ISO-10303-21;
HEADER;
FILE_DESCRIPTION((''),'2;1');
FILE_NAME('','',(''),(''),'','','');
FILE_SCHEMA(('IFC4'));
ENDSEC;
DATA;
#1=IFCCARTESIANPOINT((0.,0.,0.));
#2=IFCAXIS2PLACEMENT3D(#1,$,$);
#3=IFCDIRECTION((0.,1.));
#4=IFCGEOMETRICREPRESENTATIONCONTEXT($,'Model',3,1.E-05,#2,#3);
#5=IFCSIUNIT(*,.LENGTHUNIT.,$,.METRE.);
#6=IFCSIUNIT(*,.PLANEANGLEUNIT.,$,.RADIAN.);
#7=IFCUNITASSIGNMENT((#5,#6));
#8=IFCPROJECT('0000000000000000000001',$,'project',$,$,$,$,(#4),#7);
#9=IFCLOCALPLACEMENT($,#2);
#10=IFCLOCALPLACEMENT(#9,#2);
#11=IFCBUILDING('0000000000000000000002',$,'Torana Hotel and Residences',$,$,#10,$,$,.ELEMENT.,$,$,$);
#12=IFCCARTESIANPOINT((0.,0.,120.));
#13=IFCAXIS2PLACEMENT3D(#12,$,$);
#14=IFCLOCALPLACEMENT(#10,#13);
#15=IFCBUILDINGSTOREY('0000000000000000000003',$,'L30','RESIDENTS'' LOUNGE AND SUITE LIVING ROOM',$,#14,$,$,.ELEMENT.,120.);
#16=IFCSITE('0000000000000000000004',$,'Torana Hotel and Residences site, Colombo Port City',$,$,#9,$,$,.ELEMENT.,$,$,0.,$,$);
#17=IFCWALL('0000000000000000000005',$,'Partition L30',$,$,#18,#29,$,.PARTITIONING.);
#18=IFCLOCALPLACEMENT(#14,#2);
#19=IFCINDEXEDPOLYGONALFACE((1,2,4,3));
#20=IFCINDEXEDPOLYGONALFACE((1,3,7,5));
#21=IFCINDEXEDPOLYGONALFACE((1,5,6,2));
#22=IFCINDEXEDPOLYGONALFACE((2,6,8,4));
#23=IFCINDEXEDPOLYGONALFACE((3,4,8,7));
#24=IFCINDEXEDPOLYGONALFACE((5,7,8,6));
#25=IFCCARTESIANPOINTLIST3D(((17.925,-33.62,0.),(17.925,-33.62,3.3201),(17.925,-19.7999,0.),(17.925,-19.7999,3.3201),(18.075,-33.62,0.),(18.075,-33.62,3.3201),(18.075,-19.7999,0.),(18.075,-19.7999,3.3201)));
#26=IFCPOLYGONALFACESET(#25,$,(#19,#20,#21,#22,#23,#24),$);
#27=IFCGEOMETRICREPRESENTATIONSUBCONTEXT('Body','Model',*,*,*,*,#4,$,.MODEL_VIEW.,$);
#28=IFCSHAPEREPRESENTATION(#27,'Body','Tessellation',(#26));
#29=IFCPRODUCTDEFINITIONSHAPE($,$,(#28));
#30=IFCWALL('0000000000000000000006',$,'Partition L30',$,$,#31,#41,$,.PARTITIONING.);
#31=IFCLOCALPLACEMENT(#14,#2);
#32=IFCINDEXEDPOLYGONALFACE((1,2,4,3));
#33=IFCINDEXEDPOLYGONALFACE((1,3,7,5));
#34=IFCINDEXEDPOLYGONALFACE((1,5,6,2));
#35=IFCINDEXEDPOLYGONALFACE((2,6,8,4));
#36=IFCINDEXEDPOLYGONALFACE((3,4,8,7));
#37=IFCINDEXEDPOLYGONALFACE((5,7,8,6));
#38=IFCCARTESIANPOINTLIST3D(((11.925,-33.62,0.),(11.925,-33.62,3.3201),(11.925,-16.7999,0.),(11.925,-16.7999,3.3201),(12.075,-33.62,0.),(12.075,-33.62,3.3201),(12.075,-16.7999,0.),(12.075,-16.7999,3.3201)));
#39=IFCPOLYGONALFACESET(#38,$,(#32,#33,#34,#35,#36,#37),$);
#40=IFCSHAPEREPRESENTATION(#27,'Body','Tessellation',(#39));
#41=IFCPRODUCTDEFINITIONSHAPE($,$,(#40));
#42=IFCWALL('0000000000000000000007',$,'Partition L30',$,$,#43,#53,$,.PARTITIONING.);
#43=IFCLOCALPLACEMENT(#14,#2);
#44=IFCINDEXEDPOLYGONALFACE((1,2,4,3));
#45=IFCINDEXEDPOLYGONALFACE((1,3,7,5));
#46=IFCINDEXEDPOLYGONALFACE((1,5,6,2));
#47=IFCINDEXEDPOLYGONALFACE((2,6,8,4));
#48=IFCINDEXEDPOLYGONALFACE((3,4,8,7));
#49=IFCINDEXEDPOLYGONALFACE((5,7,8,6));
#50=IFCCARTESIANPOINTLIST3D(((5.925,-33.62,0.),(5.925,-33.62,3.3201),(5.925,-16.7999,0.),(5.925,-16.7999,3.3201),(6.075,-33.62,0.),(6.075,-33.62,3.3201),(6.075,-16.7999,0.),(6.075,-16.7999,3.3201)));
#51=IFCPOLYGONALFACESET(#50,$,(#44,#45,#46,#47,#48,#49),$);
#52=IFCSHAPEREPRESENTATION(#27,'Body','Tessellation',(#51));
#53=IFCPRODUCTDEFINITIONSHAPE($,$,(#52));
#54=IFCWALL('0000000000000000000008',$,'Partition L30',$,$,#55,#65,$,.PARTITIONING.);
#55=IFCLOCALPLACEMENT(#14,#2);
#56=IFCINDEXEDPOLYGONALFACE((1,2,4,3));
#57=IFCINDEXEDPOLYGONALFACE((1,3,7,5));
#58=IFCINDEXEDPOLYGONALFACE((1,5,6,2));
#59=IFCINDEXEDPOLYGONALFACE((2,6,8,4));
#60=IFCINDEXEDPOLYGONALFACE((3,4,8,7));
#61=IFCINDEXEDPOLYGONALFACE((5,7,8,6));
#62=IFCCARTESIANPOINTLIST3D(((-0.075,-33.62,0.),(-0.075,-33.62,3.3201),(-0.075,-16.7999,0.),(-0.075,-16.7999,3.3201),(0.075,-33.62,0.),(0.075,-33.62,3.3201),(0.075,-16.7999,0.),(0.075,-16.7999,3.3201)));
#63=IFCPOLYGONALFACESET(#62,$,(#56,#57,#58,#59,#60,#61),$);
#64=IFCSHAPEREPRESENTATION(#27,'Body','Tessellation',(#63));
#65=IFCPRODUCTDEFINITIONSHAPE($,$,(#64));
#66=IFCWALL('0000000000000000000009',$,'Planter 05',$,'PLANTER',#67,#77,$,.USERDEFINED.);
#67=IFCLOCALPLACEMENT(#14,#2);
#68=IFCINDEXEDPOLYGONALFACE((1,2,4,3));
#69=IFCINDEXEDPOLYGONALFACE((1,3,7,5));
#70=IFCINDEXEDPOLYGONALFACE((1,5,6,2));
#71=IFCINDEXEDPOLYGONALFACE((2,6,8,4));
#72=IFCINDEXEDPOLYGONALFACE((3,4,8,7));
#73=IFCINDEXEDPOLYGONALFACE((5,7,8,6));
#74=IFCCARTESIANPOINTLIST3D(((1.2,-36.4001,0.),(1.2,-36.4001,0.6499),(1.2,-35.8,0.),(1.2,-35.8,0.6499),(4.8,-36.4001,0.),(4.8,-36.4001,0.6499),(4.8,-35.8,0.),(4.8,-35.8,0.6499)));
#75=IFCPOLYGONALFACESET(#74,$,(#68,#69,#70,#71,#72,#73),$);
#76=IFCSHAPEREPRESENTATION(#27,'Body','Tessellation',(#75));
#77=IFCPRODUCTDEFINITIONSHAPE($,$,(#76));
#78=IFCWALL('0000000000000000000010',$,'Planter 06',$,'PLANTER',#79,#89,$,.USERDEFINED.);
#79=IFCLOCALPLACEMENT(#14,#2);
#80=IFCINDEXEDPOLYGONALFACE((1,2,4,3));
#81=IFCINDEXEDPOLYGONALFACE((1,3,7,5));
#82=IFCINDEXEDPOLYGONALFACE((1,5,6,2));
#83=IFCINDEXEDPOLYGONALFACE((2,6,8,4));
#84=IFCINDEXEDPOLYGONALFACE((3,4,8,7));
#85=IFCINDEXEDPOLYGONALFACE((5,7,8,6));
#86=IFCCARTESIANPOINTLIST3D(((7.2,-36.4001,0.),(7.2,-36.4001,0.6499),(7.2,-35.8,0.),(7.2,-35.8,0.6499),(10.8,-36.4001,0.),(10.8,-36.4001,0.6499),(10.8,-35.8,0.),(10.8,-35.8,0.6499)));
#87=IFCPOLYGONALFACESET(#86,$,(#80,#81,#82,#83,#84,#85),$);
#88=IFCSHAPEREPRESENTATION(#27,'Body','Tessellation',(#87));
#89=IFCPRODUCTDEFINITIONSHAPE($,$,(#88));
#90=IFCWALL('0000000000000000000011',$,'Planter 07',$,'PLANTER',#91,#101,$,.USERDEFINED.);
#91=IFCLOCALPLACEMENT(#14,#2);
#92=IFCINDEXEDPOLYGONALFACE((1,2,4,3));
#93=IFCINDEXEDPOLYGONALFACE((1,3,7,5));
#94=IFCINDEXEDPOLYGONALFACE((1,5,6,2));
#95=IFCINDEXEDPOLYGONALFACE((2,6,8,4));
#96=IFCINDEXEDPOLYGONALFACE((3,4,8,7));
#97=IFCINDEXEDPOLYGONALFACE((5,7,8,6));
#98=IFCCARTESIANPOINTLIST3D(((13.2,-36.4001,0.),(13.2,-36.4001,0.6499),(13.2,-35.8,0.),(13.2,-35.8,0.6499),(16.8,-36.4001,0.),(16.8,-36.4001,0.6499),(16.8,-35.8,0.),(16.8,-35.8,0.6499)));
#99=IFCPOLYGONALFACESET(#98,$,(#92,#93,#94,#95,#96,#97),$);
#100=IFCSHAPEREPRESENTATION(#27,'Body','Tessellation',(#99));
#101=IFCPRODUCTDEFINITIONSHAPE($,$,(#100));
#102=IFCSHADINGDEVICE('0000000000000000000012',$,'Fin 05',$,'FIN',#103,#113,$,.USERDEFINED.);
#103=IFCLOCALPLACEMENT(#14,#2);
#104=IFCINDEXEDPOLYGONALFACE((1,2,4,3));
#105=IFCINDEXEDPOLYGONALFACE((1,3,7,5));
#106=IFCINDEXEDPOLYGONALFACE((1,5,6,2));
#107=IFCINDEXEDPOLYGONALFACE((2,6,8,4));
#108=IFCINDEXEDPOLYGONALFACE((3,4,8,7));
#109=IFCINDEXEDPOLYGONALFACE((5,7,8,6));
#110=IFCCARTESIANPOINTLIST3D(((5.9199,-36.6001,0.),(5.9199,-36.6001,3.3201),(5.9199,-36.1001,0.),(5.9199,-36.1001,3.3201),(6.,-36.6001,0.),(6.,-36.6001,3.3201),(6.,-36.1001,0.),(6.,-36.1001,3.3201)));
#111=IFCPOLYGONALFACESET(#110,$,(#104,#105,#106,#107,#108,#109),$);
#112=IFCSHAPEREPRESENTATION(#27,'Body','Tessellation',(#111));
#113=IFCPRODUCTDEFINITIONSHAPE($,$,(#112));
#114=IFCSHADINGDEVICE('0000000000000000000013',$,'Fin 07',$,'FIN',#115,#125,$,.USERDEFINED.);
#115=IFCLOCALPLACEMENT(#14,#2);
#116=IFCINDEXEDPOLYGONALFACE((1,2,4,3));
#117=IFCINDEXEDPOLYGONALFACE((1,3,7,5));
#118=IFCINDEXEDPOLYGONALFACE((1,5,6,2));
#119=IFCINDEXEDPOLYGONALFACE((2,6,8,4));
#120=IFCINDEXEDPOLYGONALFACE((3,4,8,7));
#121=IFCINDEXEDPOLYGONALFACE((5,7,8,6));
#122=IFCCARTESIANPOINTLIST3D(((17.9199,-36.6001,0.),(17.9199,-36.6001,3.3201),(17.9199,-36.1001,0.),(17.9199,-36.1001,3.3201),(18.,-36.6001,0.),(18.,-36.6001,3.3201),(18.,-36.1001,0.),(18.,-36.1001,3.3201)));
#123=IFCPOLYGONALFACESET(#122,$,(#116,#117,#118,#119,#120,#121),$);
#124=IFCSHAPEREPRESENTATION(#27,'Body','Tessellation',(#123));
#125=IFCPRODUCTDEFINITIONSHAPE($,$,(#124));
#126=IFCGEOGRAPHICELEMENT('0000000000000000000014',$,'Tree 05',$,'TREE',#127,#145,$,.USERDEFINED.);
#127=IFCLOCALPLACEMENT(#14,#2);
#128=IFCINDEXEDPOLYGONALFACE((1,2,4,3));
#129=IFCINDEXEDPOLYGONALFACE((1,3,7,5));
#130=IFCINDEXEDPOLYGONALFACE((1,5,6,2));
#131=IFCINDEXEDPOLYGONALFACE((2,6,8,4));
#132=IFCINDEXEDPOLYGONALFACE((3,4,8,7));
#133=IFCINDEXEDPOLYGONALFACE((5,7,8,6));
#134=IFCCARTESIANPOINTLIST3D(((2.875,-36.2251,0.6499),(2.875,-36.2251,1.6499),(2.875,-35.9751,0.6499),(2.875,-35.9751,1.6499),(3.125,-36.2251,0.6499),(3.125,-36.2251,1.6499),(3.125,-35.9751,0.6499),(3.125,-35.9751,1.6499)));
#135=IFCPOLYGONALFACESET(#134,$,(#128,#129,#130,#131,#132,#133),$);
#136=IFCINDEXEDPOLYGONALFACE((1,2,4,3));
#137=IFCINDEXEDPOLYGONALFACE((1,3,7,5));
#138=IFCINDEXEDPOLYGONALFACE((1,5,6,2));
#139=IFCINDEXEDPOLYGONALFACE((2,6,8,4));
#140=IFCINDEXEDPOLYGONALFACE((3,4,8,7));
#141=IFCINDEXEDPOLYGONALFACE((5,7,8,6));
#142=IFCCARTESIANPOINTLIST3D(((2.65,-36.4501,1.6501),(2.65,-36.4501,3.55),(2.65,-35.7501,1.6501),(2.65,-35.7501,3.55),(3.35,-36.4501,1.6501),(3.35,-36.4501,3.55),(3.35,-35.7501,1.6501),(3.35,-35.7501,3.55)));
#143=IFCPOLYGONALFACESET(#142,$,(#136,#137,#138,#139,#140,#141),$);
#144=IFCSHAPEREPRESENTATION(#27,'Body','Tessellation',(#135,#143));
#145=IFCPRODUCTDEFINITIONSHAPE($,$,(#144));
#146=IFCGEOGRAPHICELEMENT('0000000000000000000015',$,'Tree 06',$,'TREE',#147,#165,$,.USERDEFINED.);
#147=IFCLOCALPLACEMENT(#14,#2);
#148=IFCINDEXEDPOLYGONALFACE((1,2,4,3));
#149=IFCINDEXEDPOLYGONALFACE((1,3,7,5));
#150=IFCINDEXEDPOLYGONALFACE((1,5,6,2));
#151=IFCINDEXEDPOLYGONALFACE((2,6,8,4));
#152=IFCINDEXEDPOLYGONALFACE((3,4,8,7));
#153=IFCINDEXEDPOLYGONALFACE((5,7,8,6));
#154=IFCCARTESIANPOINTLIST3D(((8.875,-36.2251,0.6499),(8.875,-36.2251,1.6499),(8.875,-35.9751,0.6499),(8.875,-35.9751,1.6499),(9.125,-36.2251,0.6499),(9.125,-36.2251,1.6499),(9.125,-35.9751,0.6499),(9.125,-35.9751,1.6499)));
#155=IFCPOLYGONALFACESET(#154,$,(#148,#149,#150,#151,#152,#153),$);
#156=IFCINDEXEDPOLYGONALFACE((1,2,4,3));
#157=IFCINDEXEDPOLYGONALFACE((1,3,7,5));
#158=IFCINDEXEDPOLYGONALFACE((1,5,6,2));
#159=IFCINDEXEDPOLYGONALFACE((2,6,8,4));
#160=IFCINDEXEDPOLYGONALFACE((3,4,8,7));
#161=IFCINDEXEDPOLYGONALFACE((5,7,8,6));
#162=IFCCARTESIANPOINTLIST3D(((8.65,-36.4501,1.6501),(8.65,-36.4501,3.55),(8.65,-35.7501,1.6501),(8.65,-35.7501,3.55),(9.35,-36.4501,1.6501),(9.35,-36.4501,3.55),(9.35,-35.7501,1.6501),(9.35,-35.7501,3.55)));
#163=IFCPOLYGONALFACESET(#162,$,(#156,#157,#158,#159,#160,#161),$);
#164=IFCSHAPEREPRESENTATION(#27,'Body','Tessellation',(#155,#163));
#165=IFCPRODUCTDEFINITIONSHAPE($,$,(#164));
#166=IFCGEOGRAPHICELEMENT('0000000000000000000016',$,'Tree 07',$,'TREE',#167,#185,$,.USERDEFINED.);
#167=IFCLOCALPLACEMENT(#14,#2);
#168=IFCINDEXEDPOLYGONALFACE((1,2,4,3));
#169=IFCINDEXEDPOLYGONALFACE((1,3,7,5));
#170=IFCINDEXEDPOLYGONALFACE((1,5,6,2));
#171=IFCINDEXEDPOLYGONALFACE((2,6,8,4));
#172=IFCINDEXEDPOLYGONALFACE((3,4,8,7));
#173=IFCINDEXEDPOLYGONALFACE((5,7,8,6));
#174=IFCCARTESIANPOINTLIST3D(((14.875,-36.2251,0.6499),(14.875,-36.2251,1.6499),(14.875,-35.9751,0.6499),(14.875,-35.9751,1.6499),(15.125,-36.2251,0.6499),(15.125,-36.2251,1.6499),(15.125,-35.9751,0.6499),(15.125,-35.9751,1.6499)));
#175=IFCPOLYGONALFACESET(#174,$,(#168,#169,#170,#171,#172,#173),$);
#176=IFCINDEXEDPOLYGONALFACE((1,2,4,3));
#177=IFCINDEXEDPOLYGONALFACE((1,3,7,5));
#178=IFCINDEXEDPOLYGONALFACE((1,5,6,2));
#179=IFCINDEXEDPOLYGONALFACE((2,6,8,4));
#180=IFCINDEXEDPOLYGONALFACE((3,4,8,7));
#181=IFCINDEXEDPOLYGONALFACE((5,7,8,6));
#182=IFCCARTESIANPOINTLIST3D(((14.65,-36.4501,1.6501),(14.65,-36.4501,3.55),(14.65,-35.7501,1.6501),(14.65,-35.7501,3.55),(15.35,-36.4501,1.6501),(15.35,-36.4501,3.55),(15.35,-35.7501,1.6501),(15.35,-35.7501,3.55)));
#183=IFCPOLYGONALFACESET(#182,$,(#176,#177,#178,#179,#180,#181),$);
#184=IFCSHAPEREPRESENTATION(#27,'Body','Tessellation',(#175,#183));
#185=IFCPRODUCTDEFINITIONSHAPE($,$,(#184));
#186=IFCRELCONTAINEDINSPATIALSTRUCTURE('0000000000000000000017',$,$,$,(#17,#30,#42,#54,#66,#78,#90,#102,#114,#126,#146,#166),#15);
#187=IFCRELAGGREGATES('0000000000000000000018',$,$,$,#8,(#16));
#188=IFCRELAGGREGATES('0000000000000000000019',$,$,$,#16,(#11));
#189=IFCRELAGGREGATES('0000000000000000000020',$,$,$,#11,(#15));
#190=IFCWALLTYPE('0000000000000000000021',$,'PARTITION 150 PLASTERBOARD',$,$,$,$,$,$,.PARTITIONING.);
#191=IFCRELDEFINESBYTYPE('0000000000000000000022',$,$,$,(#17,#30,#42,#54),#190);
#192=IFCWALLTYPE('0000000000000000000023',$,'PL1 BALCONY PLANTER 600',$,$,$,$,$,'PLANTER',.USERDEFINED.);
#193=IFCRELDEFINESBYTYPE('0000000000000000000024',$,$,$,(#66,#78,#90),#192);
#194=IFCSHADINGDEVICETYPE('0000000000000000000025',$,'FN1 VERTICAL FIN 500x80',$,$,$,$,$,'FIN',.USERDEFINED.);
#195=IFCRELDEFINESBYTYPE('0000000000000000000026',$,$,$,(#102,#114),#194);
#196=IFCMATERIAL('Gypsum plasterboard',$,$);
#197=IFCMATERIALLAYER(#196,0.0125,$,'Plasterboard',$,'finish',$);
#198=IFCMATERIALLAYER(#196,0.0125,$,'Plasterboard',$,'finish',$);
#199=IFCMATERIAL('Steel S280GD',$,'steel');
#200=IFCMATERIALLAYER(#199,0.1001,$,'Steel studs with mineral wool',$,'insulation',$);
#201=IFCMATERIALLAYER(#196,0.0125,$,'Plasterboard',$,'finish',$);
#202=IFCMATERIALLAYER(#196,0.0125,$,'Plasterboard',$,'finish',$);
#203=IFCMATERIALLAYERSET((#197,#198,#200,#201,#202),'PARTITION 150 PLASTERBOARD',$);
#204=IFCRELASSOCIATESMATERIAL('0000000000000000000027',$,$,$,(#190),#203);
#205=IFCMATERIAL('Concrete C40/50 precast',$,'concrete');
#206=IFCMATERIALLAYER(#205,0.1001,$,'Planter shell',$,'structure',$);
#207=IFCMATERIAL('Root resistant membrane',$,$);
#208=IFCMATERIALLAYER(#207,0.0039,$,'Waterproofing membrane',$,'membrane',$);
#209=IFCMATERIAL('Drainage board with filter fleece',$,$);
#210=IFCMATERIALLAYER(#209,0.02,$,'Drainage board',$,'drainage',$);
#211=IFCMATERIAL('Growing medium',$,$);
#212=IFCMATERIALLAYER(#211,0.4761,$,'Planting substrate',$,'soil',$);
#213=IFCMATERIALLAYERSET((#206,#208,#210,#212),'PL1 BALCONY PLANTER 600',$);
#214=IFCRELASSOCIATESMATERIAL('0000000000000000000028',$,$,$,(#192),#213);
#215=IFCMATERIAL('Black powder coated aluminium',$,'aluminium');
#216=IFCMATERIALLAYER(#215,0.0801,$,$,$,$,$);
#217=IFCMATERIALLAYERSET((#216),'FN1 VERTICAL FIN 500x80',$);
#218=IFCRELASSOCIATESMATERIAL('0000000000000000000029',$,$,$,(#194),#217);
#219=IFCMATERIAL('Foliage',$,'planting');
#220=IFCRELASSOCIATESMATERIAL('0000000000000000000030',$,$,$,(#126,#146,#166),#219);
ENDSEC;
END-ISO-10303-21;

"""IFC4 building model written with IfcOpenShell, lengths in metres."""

from ifc_helpers import new_model, si_unit, direction, frame, frame_2d, origin, origin_2d, place, context, subcontext, project, spatial, rectangle, extrude, material, layer, layer_set, type_object, element, save


model = new_model("IFC4")

# Units and contexts
model_context = context("Model", 3, precision=1e-05, world=origin(), true_north=direction((0.0, 1.0)))
body_context = subcontext(model_context, "Body", "Model", "MODEL_VIEW")
ifc_project = project(units=[si_unit("LENGTHUNIT", "METRE"), si_unit("PLANEANGLEUNIT", "RADIAN")], contexts=[model_context])

# Site, building, storey
site_placement = place(None, origin())
site = spatial("IfcSite", under=ifc_project, at=site_placement, Name="Torana Hotel and Residences site, Colombo Port City", CompositionType="ELEMENT", RefElevation=0.0)
building_placement = place(site_placement, origin())
building = spatial("IfcBuilding", under=site, at=building_placement, Name="Torana Hotel and Residences", CompositionType="ELEMENT")
storey_placement = place(building_placement, frame((0.0, 0.0, 120.0)))
storey = spatial("IfcBuildingStorey", under=building, at=storey_placement, Name="L30", Description="RESIDENTS' LOUNGE AND SUITE LIVING ROOM", CompositionType="ELEMENT", Elevation=120.0)

# Walls
ifc_material_1 = material(Name="Gypsum plasterboard")
ifc_layer_1 = layer(ifc_material_1, 0.0125, Name="Plasterboard", Category="finish")
ifc_layer_2 = layer(ifc_material_1, 0.0125, Name="Plasterboard", Category="finish")
ifc_material_2 = material(Name="Steel S280GD", Category="steel")
ifc_layer_3 = layer(ifc_material_2, 0.1001, Name="Steel studs with mineral wool", Category="insulation")
ifc_layer_4 = layer(ifc_material_1, 0.0125, Name="Plasterboard", Category="finish")
ifc_layer_5 = layer(ifc_material_1, 0.0125, Name="Plasterboard", Category="finish")
ifc_layer_set_1 = layer_set([ifc_layer_1, ifc_layer_2, ifc_layer_3, ifc_layer_4, ifc_layer_5], Name="PARTITION 150 PLASTERBOARD")
wall_type_1 = type_object("IfcWallType", Name="PARTITION 150 PLASTERBOARD", PredefinedType="PARTITIONING", material=ifc_layer_set_1)
wall_placement = place(storey_placement, frame((18.0, -33.6201, 0.0), z_axis=(0.0, 0.0, 1.0), x_axis=(0.0, 1.0, 0.0)))
element("IfcWall", 1, at=wall_placement, inside=storey, type_object=wall_type_1, Name="Partition L30", PredefinedType="PARTITIONING", context=body_context, shape_type="SweptSolid", body=[
    extrude(rectangle(XDim=13.8201, YDim=0.1499, at=frame_2d((6.9102, 0.0))), origin(), (0.0, 0.0, 1.0), 3.3201),
])
for number, where, z_axis, x_axis, name in (
    (2, (12.0, -33.6201, 0.0), (0.0, 0.0, 1.0), (0.0, 1.0, 0.0), "Partition L30"),
    (3, (6.0, -33.6201, 0.0), (0.0, 0.0, 1.0), (0.0, 1.0, 0.0), "Partition L30"),
    (4, (0.0, -33.6201, 0.0), (0.0, 0.0, 1.0), (0.0, 1.0, 0.0), "Partition L30"),
):
    element("IfcWall", number, at=place(storey_placement, frame(where, z_axis=z_axis, x_axis=x_axis)), inside=storey, type_object=wall_type_1, Name=name, PredefinedType="PARTITIONING", context=body_context, shape_type="SweptSolid", body=[
        extrude(rectangle(XDim=16.8201, YDim=0.1499, at=frame_2d((8.4102, 0.0))), origin(), (0.0, 0.0, 1.0), 3.3201),
    ])
ifc_material_3 = material(Name="Concrete C40/50 precast", Category="concrete")
ifc_layer_6 = layer(ifc_material_3, 0.1001, Name="Planter shell", Category="structure")
ifc_material_4 = material(Name="Root resistant membrane")
ifc_layer_7 = layer(ifc_material_4, 0.0039, Name="Waterproofing membrane", Category="membrane")
ifc_material_5 = material(Name="Drainage board with filter fleece")
ifc_layer_8 = layer(ifc_material_5, 0.02, Name="Drainage board", Category="drainage")
ifc_material_6 = material(Name="Growing medium")
ifc_layer_9 = layer(ifc_material_6, 0.4761, Name="Planting substrate", Category="soil")
ifc_layer_set_2 = layer_set([ifc_layer_6, ifc_layer_7, ifc_layer_8, ifc_layer_9], Name="PL1 BALCONY PLANTER 600")
wall_type_2 = type_object("IfcWallType", Name="PL1 BALCONY PLANTER 600", ElementType="PLANTER", PredefinedType="USERDEFINED", material=ifc_layer_set_2)
for number, where, z_axis, x_axis, name in (
    (5, (4.8, -36.1001, 0.0), (0.0, 0.0, 1.0), (-1.0, 0.0, 0.0), "Planter 05"),
    (6, (10.8, -36.1001, 0.0), (0.0, 0.0, 1.0), (-1.0, 0.0, 0.0), "Planter 06"),
    (7, (16.8, -36.1001, 0.0), (0.0, 0.0, 1.0), (-1.0, 0.0, 0.0), "Planter 07"),
):
    element("IfcWall", number, at=place(storey_placement, frame(where, z_axis=z_axis, x_axis=x_axis)), inside=storey, type_object=wall_type_2, Name=name, ObjectType="PLANTER", PredefinedType="USERDEFINED", context=body_context, shape_type="SweptSolid", body=[
        extrude(rectangle(XDim=3.6001, YDim=0.6001, at=frame_2d((1.8, 0.0))), origin(), (0.0, 0.0, 1.0), 0.6499),
    ])

# Shading devices
ifc_material_7 = material(Name="Black powder coated aluminium", Category="aluminium")
ifc_layer_10 = layer(ifc_material_7, 0.0801)
ifc_layer_set_3 = layer_set([ifc_layer_10], Name="FN1 VERTICAL FIN 500x80")
shading_device_type = type_object("IfcShadingDeviceType", Name="FN1 VERTICAL FIN 500x80", ElementType="FIN", PredefinedType="USERDEFINED", material=ifc_layer_set_3)
for number, where, z_axis, x_axis, name in (
    (8, (5.96, -36.3501, 0.0), (0.0, 0.0, 1.0), (-1.0, 0.0, 0.0), "Fin 05"),
    (9, (17.96, -36.3501, 0.0), (0.0, 0.0, 1.0), (-1.0, 0.0, 0.0), "Fin 07"),
):
    element("IfcShadingDevice", number, at=place(storey_placement, frame(where, z_axis=z_axis, x_axis=x_axis)), inside=storey, type_object=shading_device_type, Name=name, ObjectType="FIN", PredefinedType="USERDEFINED", context=body_context, shape_type="SweptSolid", body=[
        extrude(rectangle(XDim=0.0801, YDim=0.5, at=origin_2d()), origin(), (0.0, 0.0, 1.0), 3.3201),
    ])

# Geographic elements
ifc_material_8 = material(Name="Foliage", Category="planting")
for number, where, z_axis, x_axis, name in (
    (10, (3.0, -36.1001, 0.6499), (0.0, 0.0, 1.0), (1.0, 0.0, 0.0), "Tree 05"),
    (11, (9.0, -36.1001, 0.6499), (0.0, 0.0, 1.0), (1.0, 0.0, 0.0), "Tree 06"),
    (12, (15.0, -36.1001, 0.6499), (0.0, 0.0, 1.0), (1.0, 0.0, 0.0), "Tree 07"),
):
    element("IfcGeographicElement", number, at=place(storey_placement, frame(where, z_axis=z_axis, x_axis=x_axis)), inside=storey, material=ifc_material_8, Name=name, ObjectType="TREE", PredefinedType="USERDEFINED", context=body_context, shape_type="SweptSolid", body=[
        extrude(rectangle(XDim=0.25, YDim=0.25, at=origin_2d()), origin(), (0.0, 0.0, 1.0), 1.0),
        extrude(rectangle(XDim=0.7, YDim=0.7, at=origin_2d()), frame((0.0, 0.0, 1.0002)), (0.0, 0.0, 1.0), 1.8999),
    ])

save(model, "model.ifc")
